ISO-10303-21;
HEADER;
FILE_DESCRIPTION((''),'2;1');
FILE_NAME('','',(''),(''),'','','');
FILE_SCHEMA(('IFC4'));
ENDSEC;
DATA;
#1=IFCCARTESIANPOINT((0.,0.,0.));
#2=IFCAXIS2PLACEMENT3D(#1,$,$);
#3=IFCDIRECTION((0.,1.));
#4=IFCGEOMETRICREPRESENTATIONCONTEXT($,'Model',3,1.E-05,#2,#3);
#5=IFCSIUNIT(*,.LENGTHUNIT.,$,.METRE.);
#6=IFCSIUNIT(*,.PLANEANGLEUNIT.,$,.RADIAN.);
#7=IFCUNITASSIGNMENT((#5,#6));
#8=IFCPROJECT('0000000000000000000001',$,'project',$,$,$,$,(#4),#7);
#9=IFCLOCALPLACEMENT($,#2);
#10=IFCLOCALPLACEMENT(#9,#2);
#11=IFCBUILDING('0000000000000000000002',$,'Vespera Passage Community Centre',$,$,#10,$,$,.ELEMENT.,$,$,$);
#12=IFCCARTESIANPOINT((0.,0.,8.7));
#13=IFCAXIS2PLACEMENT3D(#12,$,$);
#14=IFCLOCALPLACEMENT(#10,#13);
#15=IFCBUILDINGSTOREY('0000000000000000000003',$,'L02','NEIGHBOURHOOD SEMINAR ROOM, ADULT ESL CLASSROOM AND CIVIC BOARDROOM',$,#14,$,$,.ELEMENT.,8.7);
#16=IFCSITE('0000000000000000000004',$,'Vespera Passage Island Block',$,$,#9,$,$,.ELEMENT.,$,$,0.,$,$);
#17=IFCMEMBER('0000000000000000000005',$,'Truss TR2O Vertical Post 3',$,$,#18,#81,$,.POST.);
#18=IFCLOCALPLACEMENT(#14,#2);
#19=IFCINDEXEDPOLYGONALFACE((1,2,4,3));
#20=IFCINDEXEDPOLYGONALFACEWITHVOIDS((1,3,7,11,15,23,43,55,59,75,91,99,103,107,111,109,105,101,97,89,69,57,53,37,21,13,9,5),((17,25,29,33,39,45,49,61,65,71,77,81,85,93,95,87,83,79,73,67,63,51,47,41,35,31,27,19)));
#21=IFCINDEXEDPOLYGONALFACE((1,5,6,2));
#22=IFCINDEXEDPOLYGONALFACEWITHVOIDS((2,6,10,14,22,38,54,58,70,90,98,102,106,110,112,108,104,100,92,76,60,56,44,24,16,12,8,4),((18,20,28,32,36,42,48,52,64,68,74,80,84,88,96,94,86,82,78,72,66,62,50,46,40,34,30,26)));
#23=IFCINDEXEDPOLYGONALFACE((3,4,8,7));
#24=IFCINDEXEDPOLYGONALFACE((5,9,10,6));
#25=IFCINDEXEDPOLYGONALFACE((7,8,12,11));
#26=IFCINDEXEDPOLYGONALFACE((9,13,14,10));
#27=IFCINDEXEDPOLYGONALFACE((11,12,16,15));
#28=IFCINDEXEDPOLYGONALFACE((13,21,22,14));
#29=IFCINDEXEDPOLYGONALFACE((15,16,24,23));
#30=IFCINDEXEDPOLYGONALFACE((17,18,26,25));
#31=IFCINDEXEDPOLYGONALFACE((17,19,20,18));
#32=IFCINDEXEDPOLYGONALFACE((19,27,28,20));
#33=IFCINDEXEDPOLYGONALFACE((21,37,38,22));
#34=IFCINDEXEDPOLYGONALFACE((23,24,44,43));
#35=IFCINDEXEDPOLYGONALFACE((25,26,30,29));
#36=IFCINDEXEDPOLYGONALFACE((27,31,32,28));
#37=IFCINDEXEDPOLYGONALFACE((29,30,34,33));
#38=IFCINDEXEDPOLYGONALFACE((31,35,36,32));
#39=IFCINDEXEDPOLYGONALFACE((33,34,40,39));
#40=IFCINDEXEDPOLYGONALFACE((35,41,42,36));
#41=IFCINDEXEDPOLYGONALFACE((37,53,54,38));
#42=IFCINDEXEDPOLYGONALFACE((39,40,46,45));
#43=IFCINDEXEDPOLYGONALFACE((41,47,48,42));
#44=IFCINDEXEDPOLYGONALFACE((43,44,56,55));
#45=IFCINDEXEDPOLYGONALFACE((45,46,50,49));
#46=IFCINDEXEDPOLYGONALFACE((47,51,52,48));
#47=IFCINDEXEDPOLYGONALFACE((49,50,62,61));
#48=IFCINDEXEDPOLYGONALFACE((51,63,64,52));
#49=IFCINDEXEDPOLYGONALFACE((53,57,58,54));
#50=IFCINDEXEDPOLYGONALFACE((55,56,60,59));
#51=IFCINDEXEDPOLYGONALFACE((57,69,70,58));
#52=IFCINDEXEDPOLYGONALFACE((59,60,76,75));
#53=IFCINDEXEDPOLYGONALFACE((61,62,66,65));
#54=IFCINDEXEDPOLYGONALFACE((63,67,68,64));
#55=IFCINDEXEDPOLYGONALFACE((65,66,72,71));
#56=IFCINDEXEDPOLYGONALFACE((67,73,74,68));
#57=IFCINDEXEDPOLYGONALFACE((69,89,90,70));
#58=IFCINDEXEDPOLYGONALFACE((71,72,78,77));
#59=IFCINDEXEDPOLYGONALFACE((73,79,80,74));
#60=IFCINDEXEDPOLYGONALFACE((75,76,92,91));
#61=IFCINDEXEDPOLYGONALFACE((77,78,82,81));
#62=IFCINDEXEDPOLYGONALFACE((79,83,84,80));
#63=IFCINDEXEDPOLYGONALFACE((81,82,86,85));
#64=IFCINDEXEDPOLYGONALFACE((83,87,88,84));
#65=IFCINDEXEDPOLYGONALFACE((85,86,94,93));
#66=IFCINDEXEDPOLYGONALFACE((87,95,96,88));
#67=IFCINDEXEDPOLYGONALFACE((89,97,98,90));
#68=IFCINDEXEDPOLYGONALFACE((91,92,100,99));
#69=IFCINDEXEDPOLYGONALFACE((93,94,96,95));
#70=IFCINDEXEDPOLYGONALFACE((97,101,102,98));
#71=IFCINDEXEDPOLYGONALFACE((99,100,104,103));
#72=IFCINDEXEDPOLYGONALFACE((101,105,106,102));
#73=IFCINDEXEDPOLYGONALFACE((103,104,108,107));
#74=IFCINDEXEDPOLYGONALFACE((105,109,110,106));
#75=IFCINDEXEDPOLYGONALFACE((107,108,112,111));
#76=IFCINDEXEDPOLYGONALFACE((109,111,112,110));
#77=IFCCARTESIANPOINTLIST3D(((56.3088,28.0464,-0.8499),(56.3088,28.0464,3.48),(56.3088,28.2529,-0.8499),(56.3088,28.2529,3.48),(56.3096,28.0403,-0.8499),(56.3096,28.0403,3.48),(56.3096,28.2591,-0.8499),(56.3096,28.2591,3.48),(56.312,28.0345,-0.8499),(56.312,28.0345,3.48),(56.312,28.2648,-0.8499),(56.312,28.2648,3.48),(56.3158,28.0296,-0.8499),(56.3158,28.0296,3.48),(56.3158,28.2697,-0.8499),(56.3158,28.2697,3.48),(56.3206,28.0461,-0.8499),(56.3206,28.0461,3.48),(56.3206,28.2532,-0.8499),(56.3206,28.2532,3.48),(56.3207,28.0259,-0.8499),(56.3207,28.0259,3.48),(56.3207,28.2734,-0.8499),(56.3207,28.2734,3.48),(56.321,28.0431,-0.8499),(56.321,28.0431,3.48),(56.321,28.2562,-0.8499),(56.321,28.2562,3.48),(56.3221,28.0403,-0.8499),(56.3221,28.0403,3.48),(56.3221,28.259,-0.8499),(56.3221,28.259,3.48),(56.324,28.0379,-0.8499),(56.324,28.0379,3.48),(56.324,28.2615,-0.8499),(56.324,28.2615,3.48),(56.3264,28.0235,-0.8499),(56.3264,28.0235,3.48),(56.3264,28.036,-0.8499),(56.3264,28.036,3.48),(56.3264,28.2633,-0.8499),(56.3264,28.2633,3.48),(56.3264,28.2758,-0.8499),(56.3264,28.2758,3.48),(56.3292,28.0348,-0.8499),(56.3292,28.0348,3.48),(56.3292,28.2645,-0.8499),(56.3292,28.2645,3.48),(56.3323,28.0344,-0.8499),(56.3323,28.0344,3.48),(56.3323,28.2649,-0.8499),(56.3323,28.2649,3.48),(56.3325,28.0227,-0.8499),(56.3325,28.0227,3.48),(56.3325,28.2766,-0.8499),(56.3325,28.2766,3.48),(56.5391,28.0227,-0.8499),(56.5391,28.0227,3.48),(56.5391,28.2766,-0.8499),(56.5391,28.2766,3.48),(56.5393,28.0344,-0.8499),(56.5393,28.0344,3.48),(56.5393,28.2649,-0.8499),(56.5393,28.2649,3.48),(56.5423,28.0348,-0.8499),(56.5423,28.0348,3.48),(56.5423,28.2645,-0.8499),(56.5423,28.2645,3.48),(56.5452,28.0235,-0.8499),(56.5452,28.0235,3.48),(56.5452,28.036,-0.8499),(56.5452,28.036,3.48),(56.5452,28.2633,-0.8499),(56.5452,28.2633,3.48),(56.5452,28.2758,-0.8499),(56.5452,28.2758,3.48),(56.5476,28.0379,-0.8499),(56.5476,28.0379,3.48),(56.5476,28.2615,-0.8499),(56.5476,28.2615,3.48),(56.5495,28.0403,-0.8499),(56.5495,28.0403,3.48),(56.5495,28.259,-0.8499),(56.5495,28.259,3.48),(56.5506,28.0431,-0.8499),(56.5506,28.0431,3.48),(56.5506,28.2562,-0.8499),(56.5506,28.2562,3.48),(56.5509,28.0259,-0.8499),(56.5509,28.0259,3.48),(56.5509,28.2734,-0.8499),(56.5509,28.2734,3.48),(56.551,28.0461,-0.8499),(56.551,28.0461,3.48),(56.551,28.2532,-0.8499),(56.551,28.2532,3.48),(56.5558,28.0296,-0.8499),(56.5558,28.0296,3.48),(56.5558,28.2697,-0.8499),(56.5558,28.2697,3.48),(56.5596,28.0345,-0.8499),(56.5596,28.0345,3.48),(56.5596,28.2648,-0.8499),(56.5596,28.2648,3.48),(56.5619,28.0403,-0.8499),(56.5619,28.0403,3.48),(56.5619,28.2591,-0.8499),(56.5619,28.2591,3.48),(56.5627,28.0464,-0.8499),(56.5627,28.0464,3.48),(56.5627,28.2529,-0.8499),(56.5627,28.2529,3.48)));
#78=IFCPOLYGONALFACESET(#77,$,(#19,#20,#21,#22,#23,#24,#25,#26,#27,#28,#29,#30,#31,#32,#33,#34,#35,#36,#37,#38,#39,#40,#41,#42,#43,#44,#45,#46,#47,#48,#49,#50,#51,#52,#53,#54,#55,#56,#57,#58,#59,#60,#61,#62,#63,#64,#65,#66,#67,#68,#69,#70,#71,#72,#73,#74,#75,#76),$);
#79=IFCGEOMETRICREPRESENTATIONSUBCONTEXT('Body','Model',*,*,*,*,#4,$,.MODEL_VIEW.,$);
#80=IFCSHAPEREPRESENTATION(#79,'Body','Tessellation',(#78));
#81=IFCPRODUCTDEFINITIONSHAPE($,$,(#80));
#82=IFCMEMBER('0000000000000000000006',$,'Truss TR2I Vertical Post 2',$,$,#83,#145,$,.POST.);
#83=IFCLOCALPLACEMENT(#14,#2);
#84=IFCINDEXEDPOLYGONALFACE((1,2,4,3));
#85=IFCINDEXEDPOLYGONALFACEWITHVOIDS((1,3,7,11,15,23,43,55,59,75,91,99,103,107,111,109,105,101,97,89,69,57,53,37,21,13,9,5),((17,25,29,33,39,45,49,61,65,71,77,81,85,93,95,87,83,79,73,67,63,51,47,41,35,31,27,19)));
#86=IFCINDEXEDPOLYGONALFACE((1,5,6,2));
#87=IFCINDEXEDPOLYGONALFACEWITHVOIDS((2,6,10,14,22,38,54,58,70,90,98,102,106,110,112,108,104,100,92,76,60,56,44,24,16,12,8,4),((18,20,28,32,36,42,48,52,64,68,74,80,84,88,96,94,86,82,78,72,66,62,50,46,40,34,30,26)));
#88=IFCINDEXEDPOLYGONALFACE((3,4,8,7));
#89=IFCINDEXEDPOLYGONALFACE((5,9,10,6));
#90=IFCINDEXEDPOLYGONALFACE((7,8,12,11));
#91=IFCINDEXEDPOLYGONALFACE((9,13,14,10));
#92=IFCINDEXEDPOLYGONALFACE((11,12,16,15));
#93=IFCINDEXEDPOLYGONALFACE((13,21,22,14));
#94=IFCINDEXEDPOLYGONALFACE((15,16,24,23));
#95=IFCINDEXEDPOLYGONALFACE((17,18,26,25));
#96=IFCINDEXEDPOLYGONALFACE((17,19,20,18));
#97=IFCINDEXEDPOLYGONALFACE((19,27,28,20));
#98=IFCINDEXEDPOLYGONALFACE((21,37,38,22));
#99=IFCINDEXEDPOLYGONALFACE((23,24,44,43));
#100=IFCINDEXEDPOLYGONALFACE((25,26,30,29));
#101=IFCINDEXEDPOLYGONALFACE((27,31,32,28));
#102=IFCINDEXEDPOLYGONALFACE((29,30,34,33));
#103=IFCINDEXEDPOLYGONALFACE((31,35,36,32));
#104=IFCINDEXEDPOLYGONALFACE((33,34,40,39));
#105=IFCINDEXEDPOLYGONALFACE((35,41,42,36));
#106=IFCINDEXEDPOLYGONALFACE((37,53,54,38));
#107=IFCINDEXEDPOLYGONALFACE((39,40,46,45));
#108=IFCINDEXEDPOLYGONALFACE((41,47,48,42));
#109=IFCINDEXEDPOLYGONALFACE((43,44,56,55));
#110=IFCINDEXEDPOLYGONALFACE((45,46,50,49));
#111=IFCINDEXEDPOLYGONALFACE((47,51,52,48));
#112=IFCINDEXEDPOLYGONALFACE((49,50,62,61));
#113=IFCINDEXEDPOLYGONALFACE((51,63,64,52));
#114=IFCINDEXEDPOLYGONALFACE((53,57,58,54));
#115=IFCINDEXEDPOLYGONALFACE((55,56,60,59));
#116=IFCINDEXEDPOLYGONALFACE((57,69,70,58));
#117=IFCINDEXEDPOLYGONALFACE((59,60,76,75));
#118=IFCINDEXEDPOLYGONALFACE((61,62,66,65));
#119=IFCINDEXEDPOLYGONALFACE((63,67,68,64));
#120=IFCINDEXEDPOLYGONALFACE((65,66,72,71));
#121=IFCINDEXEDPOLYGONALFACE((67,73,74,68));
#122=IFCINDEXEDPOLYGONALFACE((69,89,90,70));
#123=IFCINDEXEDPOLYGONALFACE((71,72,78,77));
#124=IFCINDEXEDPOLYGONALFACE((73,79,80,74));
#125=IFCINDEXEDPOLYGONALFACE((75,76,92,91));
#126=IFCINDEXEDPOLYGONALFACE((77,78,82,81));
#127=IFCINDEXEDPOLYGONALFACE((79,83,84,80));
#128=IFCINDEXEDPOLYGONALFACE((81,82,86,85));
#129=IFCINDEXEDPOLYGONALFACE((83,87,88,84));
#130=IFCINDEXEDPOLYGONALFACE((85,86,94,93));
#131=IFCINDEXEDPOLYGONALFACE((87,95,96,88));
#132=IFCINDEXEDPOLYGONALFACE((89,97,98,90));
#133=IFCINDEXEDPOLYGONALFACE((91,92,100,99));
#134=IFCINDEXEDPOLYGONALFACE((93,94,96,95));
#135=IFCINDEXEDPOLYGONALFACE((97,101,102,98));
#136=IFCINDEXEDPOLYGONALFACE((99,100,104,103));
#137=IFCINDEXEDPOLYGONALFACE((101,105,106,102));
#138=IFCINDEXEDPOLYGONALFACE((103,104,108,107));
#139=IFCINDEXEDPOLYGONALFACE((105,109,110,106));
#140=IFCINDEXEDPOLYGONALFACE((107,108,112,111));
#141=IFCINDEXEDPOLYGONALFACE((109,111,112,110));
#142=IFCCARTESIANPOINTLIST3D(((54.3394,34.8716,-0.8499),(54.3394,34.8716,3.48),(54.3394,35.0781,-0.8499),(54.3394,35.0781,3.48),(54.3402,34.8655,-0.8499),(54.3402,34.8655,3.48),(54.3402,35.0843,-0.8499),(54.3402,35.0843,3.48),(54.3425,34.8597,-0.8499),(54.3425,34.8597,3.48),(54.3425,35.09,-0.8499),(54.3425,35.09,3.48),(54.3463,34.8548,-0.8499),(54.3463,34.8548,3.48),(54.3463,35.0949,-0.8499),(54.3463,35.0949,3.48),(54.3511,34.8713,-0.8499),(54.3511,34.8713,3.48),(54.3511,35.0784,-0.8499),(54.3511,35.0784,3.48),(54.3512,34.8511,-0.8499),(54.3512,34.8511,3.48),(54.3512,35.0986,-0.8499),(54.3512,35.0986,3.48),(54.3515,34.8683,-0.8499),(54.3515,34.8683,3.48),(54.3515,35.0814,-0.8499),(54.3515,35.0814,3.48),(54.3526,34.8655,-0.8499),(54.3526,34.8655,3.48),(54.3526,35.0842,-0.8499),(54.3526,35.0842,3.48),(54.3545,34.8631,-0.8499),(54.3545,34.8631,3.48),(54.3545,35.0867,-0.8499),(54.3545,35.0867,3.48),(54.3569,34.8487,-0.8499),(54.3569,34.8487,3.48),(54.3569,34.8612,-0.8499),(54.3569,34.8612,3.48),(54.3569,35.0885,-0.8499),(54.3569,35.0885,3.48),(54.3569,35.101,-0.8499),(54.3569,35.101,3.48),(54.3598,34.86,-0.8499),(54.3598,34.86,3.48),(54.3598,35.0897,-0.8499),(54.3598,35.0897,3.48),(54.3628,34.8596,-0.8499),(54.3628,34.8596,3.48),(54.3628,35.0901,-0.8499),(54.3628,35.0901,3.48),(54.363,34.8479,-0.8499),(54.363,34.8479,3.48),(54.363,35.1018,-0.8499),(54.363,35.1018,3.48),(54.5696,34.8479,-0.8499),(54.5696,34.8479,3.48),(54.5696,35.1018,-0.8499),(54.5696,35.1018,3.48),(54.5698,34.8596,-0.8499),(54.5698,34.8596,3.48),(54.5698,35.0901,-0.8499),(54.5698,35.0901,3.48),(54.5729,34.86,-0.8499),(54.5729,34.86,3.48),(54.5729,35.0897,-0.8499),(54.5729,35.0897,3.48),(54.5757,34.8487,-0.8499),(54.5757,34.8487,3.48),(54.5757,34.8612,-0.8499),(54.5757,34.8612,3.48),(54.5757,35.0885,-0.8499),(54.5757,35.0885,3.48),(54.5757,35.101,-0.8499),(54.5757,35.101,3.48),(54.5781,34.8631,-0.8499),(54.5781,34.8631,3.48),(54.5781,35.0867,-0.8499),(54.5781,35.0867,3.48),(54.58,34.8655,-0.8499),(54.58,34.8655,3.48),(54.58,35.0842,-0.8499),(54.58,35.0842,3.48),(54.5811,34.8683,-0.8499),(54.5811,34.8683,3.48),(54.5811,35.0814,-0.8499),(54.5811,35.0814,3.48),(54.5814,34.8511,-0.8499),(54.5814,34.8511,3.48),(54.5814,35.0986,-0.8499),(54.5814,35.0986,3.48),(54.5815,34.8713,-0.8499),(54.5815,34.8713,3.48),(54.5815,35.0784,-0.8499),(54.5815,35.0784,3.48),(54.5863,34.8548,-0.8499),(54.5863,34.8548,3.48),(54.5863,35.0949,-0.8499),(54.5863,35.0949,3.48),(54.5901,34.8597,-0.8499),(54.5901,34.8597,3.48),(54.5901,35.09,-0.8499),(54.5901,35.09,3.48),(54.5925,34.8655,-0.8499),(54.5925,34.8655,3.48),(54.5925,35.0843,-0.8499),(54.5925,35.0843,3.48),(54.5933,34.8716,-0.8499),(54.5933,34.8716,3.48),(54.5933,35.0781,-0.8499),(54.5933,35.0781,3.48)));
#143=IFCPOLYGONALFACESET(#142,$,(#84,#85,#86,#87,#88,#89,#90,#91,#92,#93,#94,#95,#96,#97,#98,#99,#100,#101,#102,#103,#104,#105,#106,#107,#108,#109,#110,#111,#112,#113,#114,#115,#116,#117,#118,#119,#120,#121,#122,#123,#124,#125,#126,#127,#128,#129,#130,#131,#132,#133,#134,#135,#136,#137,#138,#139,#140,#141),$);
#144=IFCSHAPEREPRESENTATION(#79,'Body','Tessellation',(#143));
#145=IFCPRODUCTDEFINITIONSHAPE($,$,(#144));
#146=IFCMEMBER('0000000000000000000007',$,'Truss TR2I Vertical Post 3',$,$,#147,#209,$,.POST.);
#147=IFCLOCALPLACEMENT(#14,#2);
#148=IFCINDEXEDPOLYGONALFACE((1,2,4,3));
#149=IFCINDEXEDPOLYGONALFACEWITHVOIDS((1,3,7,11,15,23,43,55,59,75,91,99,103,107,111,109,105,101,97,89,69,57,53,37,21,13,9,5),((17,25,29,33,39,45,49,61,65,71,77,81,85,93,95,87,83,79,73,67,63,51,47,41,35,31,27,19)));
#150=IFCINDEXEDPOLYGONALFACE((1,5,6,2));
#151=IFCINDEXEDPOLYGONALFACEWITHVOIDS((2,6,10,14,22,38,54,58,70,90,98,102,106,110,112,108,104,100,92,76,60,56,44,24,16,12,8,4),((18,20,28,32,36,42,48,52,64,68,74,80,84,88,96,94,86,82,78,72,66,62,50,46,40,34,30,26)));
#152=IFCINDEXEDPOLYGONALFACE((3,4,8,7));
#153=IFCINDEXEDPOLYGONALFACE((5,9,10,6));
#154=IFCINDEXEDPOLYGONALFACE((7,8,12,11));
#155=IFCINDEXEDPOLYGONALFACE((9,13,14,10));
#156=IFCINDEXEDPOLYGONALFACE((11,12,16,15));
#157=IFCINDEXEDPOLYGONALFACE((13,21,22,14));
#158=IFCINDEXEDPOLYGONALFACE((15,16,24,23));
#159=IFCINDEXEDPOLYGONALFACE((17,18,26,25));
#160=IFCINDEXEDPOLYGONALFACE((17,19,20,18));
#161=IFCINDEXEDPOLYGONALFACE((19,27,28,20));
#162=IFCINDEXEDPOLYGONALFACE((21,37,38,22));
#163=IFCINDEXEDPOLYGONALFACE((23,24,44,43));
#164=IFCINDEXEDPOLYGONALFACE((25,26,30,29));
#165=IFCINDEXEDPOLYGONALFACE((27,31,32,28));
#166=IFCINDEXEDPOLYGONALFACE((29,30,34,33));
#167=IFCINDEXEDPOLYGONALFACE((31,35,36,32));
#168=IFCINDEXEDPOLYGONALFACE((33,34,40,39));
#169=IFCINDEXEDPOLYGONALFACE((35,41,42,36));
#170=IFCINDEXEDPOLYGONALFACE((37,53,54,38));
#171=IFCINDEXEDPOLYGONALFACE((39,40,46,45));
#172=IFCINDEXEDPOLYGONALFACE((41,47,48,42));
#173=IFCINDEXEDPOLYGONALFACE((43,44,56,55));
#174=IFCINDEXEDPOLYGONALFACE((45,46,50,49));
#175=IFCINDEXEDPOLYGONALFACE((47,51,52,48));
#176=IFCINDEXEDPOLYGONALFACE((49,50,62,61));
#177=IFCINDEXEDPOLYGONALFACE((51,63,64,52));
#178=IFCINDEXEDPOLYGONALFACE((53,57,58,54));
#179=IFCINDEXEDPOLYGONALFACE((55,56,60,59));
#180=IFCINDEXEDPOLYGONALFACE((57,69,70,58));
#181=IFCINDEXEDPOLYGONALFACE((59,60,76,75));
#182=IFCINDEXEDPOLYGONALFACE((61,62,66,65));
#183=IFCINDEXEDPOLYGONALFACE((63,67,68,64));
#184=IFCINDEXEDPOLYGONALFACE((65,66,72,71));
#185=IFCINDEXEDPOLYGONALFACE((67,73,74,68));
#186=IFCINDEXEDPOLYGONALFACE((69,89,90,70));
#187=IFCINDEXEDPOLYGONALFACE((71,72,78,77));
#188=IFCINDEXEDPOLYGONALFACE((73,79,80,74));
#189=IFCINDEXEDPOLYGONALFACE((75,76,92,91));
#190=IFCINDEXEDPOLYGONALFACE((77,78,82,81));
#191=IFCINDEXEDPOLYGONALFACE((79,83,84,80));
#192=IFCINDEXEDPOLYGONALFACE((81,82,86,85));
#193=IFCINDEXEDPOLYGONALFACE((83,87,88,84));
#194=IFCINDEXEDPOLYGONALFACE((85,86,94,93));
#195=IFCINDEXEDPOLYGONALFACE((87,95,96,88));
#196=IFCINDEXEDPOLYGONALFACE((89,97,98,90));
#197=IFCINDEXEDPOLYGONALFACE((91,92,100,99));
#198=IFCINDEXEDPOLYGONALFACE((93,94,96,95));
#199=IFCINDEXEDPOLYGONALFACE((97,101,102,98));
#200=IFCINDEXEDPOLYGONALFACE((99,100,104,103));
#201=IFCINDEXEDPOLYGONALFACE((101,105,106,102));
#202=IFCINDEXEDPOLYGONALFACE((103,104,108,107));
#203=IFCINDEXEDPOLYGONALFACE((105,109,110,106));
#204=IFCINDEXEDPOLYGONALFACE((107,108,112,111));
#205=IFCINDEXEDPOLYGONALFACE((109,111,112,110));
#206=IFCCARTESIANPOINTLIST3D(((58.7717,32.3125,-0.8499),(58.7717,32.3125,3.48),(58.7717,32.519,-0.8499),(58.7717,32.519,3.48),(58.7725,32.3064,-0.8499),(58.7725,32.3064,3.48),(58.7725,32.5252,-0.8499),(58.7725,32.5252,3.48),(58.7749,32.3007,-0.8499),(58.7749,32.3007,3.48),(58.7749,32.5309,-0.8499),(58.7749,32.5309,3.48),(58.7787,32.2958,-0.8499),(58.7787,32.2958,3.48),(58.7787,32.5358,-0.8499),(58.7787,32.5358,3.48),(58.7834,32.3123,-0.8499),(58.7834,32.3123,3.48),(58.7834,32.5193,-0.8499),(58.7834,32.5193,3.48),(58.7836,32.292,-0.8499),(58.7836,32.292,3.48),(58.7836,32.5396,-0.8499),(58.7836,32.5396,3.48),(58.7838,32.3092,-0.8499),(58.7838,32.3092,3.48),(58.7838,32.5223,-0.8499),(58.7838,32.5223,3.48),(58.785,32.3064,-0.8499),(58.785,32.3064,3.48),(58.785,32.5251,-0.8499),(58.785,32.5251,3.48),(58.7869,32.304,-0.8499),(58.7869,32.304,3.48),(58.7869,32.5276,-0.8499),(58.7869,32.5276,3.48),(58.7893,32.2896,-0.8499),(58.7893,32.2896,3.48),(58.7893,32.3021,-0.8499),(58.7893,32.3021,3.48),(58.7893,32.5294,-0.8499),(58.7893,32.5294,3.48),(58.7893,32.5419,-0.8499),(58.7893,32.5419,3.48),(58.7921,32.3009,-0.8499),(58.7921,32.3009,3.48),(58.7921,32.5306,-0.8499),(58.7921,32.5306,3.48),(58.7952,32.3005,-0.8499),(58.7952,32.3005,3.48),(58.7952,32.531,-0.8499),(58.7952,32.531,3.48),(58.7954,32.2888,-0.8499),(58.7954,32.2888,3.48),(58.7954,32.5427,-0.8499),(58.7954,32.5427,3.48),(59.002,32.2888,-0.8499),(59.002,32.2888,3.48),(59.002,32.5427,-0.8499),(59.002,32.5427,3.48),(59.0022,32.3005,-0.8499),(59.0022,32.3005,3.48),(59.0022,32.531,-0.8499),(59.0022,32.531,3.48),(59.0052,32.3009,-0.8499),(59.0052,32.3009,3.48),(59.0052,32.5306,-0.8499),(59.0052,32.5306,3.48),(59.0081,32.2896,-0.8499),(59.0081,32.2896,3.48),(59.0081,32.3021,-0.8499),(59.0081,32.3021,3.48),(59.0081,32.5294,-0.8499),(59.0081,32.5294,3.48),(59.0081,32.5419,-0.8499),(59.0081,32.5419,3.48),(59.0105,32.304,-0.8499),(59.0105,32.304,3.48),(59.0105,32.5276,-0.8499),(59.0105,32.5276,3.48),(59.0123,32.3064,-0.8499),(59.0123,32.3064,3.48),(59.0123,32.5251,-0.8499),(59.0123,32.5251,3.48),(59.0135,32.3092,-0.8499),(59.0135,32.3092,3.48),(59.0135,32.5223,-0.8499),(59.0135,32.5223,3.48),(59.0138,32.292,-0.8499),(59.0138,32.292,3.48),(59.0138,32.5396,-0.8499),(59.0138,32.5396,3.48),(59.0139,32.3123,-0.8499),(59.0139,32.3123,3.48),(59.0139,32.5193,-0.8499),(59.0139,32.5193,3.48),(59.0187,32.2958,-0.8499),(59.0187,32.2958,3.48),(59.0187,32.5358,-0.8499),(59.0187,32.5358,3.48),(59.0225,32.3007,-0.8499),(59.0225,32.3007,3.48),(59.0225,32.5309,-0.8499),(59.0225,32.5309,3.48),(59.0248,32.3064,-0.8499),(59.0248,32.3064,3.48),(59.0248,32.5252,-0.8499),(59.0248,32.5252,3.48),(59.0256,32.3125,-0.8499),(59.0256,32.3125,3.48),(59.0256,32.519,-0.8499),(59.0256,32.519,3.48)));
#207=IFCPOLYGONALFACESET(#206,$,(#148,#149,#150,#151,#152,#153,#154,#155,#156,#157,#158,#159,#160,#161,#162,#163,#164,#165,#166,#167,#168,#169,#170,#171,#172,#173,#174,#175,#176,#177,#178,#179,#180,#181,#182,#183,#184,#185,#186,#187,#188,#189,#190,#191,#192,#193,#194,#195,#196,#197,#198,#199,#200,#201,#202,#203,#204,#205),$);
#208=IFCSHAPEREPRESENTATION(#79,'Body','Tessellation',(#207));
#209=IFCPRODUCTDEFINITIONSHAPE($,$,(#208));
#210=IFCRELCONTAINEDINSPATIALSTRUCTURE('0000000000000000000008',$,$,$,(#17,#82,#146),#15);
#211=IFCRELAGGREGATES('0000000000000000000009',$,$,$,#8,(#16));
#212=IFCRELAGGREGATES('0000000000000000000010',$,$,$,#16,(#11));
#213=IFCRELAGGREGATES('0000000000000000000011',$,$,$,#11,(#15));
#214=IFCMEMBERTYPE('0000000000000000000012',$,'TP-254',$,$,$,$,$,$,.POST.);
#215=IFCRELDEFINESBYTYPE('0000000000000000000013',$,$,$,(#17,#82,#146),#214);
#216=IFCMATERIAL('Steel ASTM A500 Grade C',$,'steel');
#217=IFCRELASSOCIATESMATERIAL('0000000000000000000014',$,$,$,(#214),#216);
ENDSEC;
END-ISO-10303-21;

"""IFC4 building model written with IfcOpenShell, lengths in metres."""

from ifc_helpers import new_model, si_unit, direction, frame, origin, origin_2d, place, context, subcontext, project, spatial, hollow_rectangle, extrude, material, material_profile, profile_set, type_object, element, save


model = new_model("IFC4")

# Units and contexts
model_context = context("Model", 3, precision=1e-05, world=origin(), true_north=direction((0.0, 1.0)))
body_context = subcontext(model_context, "Body", "Model", "MODEL_VIEW")
ifc_project = project(units=[si_unit("LENGTHUNIT", "METRE"), si_unit("PLANEANGLEUNIT", "RADIAN")], contexts=[model_context])

# Site, building, storey
site_placement = place(None, origin())
site = spatial("IfcSite", under=ifc_project, at=site_placement, Name="Vespera Passage Island Block", CompositionType="ELEMENT", RefElevation=0.0)
building_placement = place(site_placement, origin())
building = spatial("IfcBuilding", under=site, at=building_placement, Name="Vespera Passage Community Centre", CompositionType="ELEMENT")
storey_placement = place(building_placement, frame((0.0, 0.0, 8.7)))
storey = spatial("IfcBuildingStorey", under=building, at=storey_placement, Name="L02", Description="NEIGHBOURHOOD SEMINAR ROOM, ADULT ESL CLASSROOM AND CIVIC BOARDROOM", CompositionType="ELEMENT", Elevation=8.7)

# Members
ifc_material_1 = material(Name="Steel ASTM A500 Grade C", Category="steel")
ifc_material_profile_1 = material_profile(ifc_material_1, hollow_rectangle(XDim=0.2539, YDim=0.2539, WallThickness=0.0117, InnerFilletRadius=0.0117, OuterFilletRadius=0.0237, at=origin_2d()), Name="HSS254X254X12.7")
ifc_profile_set_1 = profile_set([ifc_material_profile_1], Name="Steel ASTM A500 Grade C")
member_type_1 = type_object("IfcMemberType", Name="TP-254", PredefinedType="POST", material=ifc_profile_set_1)
for number, where, z_axis, x_axis, name in (
    (1, (56.4358, 28.1497, -0.8499), (0.0, 0.0, 1.0), (1.0, 0.0, 0.0), "Truss TR2O Vertical Post 3"),
    (2, (54.4663, 34.9749, -0.8499), (0.0, 0.0, 1.0), (1.0, 0.0, 0.0), "Truss TR2I Vertical Post 2"),
    (3, (58.8987, 32.4158, -0.8499), (0.0, 0.0, 1.0), (1.0, 0.0, 0.0), "Truss TR2I Vertical Post 3"),
):
    element("IfcMember", number, at=place(storey_placement, frame(where, z_axis=z_axis, x_axis=x_axis)), inside=storey, type_object=member_type_1, Name=name, PredefinedType="POST", context=body_context, shape_type="SweptSolid", body=[
        extrude(hollow_rectangle(XDim=0.2539, YDim=0.2539, WallThickness=0.0117, InnerFilletRadius=0.0117, OuterFilletRadius=0.0237, at=origin_2d()), origin(), (0.0, 0.0, 1.0), 4.3298),
    ])

save(model, "model.ifc")
